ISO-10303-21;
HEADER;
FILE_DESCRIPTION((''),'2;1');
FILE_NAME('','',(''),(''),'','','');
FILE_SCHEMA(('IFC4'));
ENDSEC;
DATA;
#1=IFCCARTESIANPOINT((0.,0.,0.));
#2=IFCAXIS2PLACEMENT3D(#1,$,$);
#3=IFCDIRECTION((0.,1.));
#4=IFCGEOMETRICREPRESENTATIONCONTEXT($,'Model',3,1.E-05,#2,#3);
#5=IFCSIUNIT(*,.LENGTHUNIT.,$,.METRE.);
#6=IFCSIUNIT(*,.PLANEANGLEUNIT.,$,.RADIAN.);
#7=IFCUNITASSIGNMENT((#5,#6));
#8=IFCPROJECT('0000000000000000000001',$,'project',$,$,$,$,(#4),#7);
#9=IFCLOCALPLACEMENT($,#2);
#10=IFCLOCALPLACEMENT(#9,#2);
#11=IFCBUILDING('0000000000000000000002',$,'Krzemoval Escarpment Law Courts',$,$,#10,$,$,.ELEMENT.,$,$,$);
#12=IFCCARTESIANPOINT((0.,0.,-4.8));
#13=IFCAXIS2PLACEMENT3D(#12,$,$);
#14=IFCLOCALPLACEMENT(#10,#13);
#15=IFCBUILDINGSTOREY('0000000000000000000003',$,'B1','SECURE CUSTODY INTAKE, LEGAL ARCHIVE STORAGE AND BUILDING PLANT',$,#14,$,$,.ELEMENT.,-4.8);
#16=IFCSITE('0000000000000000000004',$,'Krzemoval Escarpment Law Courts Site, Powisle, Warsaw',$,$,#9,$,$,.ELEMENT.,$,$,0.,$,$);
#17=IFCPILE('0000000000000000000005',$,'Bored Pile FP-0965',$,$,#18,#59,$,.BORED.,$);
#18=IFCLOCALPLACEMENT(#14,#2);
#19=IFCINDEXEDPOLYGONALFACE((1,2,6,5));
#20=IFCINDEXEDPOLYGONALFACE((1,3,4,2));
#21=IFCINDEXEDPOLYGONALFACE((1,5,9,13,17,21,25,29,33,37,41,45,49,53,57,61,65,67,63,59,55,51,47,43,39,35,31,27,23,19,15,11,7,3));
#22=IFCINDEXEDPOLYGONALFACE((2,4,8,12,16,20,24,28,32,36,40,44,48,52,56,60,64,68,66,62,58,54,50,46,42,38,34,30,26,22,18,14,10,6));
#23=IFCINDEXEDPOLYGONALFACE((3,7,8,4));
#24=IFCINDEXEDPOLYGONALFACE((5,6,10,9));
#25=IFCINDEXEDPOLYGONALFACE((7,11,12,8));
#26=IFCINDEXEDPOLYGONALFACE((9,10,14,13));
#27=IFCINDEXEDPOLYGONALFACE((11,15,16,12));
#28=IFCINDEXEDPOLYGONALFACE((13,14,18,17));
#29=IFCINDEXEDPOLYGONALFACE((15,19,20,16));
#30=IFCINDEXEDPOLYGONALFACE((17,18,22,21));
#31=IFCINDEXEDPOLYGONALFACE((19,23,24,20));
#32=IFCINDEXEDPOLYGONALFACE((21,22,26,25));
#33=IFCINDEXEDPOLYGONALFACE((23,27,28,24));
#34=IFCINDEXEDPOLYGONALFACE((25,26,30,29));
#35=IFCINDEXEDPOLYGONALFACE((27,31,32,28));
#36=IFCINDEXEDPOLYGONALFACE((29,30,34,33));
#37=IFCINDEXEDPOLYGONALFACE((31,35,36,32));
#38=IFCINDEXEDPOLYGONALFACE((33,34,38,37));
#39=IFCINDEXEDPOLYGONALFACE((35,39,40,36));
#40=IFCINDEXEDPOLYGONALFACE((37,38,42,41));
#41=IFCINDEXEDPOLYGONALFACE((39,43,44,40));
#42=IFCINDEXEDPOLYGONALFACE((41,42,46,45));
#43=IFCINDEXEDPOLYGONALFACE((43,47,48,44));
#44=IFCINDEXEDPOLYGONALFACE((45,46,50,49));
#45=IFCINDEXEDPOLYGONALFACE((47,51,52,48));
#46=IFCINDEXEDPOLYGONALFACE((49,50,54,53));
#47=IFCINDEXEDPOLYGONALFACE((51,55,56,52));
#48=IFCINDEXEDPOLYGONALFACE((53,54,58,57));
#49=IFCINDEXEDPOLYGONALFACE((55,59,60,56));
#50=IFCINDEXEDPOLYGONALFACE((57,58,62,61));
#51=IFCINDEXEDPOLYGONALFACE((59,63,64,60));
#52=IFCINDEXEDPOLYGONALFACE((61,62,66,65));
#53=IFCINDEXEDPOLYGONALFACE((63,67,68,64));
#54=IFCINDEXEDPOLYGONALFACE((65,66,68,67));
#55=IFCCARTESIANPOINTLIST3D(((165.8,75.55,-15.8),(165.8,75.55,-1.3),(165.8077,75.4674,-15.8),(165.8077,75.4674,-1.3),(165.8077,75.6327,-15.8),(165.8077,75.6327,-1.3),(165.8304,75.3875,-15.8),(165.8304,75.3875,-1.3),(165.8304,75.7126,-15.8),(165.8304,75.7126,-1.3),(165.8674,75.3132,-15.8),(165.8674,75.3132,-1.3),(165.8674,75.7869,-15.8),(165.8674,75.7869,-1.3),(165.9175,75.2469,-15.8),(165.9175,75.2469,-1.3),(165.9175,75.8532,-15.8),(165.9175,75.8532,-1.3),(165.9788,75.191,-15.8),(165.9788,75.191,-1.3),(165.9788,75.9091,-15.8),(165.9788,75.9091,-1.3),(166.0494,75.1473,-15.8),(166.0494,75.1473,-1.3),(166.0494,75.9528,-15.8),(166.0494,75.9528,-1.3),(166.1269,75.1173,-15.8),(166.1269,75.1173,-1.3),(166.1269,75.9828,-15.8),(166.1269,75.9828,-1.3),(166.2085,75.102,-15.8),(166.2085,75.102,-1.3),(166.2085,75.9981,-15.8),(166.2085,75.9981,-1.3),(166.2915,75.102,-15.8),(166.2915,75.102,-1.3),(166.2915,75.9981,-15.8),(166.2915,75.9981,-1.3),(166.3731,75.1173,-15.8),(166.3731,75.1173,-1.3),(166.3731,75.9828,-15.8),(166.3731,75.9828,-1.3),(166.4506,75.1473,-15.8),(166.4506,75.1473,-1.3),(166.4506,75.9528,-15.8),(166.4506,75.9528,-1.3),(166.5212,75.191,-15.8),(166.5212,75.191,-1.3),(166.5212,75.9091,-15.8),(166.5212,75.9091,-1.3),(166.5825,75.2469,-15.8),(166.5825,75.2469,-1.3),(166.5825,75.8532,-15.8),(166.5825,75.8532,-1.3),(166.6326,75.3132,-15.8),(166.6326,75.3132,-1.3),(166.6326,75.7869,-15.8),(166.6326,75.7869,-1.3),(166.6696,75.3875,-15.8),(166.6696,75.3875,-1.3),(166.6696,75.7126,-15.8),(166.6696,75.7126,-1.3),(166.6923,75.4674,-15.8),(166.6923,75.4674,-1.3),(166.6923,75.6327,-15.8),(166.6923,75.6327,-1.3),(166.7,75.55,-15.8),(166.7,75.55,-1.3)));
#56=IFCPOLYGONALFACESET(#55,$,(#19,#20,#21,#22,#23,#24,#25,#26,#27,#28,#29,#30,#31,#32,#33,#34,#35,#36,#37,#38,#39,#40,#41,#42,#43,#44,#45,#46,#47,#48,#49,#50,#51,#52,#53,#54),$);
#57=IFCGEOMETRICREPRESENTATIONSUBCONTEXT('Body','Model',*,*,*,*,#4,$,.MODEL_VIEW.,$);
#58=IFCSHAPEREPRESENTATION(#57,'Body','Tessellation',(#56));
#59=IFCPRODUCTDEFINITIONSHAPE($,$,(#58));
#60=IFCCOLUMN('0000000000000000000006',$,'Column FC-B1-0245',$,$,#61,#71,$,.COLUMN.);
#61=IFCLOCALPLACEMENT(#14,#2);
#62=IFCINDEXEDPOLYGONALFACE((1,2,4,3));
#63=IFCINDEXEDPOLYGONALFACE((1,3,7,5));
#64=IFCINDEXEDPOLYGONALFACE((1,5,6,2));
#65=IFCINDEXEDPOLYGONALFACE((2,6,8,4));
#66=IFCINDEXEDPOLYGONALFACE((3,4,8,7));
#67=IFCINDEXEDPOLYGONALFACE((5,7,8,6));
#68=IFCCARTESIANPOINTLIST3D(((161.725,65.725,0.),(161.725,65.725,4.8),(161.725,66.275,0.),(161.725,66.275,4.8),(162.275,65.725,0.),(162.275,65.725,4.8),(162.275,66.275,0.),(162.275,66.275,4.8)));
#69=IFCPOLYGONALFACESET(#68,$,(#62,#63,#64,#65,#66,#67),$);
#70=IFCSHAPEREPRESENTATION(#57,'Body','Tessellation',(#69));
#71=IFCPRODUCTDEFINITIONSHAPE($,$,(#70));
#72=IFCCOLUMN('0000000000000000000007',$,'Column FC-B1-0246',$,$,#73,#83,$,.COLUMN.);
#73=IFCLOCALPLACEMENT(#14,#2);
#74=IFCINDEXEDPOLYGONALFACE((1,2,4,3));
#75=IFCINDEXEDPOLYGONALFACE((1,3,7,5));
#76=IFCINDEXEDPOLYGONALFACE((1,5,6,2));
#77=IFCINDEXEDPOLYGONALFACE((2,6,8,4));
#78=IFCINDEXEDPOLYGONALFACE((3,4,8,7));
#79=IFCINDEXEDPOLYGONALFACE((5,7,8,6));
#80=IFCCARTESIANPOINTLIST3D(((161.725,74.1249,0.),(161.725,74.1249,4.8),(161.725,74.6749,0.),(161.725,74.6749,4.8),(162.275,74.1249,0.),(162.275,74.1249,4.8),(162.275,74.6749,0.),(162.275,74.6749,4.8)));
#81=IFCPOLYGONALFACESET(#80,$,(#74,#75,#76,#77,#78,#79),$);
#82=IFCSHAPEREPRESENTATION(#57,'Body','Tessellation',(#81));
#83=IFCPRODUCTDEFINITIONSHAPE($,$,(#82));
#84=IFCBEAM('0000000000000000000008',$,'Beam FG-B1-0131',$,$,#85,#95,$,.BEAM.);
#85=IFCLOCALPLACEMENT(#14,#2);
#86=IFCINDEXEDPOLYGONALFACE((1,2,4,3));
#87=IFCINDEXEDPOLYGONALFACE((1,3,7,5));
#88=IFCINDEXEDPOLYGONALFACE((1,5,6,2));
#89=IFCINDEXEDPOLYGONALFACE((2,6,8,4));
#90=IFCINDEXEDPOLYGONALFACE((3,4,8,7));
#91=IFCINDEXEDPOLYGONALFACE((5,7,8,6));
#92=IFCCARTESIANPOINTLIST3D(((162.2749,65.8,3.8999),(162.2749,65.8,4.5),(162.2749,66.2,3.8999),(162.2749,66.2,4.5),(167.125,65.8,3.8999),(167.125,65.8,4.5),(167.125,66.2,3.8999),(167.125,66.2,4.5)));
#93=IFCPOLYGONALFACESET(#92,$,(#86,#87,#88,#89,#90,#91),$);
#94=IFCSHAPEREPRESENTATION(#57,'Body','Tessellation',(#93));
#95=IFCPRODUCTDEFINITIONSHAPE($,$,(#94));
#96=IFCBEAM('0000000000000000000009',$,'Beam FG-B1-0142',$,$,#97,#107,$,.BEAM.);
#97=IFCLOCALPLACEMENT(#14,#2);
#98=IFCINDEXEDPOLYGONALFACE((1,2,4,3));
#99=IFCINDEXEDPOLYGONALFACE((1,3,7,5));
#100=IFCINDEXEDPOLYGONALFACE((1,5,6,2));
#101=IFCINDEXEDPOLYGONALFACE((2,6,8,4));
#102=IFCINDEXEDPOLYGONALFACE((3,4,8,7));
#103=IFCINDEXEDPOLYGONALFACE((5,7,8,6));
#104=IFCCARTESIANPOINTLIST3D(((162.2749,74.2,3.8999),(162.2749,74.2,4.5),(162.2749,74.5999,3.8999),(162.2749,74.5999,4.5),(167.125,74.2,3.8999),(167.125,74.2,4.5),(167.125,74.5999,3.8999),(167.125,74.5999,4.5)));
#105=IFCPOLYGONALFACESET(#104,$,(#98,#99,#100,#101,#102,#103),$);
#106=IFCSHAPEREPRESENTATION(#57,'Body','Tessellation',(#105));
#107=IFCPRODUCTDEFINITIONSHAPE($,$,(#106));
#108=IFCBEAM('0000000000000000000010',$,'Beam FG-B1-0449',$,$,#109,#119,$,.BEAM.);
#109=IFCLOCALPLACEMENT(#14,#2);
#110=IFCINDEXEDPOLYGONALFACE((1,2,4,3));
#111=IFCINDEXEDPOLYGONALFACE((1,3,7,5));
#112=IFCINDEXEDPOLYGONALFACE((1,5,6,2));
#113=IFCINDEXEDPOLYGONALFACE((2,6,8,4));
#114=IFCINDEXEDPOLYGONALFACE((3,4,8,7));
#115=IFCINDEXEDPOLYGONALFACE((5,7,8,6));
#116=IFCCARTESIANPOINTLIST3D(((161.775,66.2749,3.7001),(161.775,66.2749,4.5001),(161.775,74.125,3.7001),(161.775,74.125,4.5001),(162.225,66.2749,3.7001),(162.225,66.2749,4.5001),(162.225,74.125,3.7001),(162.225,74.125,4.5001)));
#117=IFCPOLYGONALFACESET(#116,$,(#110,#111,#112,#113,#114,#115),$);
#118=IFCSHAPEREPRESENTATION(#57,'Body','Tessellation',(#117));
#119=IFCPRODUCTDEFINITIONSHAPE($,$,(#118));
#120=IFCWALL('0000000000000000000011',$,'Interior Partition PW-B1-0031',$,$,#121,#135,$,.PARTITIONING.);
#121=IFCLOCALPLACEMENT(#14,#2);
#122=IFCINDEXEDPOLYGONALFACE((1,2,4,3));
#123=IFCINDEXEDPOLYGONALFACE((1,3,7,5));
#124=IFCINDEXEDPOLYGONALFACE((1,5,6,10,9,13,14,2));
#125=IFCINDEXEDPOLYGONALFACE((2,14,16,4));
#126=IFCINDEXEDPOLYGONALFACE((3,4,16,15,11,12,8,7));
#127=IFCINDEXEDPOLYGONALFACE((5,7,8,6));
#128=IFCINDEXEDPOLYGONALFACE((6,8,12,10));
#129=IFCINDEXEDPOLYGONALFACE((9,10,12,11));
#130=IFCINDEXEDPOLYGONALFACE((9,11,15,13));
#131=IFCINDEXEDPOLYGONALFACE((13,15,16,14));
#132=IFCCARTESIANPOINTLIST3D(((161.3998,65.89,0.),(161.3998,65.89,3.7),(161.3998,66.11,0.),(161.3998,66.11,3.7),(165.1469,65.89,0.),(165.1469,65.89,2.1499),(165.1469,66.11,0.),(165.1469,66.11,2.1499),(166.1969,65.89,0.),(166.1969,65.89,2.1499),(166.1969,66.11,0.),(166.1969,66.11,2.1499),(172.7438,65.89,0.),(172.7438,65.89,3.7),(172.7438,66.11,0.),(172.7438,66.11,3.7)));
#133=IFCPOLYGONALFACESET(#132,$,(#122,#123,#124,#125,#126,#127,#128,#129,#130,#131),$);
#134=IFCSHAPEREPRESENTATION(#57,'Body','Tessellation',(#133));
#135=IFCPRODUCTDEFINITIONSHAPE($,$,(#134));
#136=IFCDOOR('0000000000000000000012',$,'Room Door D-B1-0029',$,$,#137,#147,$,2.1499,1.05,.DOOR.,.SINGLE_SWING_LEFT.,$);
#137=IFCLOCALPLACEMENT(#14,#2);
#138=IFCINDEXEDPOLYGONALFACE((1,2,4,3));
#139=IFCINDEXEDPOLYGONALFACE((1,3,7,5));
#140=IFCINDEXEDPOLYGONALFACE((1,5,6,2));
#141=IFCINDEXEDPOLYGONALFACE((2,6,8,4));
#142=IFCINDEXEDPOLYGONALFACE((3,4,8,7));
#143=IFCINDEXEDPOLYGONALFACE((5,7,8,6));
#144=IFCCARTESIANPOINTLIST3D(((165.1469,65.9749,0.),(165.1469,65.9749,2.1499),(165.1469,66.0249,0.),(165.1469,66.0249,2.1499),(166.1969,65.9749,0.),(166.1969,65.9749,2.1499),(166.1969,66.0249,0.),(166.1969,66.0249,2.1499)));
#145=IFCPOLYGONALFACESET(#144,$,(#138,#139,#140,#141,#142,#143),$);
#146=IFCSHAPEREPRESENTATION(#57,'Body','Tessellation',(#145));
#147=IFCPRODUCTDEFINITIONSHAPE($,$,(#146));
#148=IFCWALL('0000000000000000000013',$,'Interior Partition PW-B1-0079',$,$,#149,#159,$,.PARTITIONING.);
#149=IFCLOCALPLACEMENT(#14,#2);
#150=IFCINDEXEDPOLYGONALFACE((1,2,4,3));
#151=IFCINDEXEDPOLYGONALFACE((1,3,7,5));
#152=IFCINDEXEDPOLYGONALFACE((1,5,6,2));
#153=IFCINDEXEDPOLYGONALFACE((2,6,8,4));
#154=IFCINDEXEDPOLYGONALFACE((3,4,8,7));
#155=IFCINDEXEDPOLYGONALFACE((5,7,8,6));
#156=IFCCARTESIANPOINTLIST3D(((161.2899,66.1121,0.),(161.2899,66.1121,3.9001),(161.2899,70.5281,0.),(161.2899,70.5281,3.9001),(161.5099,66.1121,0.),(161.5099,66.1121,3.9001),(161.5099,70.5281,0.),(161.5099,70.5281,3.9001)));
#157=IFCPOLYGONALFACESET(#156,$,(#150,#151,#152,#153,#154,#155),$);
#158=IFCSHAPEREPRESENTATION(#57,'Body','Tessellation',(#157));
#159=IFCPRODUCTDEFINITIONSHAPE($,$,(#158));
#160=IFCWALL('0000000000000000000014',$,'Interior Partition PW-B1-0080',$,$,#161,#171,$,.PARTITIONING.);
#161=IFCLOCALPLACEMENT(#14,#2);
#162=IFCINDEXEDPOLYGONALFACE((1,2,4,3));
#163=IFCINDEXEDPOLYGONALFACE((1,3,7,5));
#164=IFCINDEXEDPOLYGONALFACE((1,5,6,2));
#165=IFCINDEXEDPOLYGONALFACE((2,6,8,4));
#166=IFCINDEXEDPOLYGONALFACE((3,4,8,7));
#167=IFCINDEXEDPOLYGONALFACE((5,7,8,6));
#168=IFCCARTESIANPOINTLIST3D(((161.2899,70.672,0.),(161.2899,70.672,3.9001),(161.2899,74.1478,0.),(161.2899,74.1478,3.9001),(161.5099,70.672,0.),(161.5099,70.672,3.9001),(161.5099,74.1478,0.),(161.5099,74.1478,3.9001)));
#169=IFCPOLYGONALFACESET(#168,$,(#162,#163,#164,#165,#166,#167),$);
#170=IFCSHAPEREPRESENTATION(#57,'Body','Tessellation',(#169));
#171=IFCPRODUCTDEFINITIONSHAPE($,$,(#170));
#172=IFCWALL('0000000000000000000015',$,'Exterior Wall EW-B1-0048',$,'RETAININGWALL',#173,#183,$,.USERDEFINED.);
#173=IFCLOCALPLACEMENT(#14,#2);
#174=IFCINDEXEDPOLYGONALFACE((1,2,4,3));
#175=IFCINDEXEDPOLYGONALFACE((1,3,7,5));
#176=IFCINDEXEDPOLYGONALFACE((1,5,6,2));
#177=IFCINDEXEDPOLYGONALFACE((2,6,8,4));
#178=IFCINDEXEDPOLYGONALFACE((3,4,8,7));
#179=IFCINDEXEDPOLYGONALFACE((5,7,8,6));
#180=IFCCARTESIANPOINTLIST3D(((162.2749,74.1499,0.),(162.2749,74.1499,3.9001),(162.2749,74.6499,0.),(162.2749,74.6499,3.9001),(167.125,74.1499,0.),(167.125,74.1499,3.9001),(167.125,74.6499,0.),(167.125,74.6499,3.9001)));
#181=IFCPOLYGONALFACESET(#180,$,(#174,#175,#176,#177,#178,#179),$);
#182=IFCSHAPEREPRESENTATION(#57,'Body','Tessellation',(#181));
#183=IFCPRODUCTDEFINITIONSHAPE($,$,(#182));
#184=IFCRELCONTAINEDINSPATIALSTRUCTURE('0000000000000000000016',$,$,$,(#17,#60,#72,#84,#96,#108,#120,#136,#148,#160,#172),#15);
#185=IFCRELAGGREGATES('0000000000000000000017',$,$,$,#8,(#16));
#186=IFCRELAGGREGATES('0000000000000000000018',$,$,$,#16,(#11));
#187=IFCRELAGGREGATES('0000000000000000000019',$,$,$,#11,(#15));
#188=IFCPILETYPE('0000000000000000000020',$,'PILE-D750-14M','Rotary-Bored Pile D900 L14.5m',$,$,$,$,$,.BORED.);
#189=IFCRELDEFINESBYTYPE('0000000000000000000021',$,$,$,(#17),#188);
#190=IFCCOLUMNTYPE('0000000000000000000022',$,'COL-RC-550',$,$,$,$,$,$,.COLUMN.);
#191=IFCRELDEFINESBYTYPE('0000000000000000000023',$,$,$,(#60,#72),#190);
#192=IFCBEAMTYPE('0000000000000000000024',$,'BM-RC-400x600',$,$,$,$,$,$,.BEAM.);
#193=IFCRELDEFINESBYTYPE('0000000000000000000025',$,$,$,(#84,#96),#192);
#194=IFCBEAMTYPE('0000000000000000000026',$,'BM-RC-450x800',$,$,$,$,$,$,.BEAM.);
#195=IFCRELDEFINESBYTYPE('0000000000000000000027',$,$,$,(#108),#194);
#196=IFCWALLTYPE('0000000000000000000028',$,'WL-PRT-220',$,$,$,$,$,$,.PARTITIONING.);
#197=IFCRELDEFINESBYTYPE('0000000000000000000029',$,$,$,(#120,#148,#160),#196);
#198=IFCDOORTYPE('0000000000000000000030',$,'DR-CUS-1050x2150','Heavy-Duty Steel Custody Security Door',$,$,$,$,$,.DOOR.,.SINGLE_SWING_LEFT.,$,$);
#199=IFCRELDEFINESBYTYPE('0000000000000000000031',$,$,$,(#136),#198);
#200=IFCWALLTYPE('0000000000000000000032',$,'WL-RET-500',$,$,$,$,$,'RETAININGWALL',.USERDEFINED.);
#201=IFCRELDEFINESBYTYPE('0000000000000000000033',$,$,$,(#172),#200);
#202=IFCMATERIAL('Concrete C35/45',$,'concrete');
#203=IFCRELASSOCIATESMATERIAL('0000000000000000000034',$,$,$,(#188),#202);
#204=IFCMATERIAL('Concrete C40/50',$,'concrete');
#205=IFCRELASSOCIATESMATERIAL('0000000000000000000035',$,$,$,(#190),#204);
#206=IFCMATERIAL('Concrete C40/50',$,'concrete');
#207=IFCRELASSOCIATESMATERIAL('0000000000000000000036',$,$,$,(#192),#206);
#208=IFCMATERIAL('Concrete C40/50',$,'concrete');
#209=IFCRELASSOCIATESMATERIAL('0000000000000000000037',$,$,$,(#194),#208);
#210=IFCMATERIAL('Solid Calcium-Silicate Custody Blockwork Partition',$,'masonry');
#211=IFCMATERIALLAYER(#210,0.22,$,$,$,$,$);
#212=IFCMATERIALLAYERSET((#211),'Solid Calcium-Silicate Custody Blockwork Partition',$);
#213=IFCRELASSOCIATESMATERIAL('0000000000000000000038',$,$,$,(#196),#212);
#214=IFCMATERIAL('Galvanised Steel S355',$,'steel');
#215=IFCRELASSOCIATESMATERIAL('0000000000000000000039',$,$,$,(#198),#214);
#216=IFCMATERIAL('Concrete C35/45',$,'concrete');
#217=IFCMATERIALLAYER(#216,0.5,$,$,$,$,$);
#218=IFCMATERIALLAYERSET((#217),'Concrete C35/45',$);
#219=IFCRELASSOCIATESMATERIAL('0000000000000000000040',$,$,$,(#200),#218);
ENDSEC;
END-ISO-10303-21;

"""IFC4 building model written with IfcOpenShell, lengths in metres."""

from ifc_helpers import new_model, si_unit, direction, frame, frame_2d, origin, origin_2d, place, context, subcontext, project, spatial, rectangle, circle, extrude, material, layer, layer_set, material_profile, profile_set, type_object, element, fill, save


model = new_model("IFC4")

# Units and contexts
model_context = context("Model", 3, precision=1e-05, world=origin(), true_north=direction((0.0, 1.0)))
body_context = subcontext(model_context, "Body", "Model", "MODEL_VIEW")
ifc_project = project(units=[si_unit("LENGTHUNIT", "METRE"), si_unit("PLANEANGLEUNIT", "RADIAN")], contexts=[model_context])

# Site, building, storey
site_placement = place(None, origin())
site = spatial("IfcSite", under=ifc_project, at=site_placement, Name="Krzemoval Escarpment Law Courts Site, Powisle, Warsaw", CompositionType="ELEMENT", RefElevation=0.0)
building_placement = place(site_placement, origin())
building = spatial("IfcBuilding", under=site, at=building_placement, Name="Krzemoval Escarpment Law Courts", CompositionType="ELEMENT")
storey_placement = place(building_placement, frame((0.0, 0.0, -4.8)))
storey = spatial("IfcBuildingStorey", under=building, at=storey_placement, Name="B1", Description="SECURE CUSTODY INTAKE, LEGAL ARCHIVE STORAGE AND BUILDING PLANT", CompositionType="ELEMENT", Elevation=-4.8)

# Pile
ifc_material_1 = material(Name="Concrete C35/45", Category="concrete")
ifc_material_profile_1 = material_profile(ifc_material_1, circle(Radius=0.45, at=origin_2d()), Name="PILE D900")
ifc_profile_set_1 = profile_set([ifc_material_profile_1], Name="Concrete C35/45")
pile_type = type_object("IfcPileType", Name="PILE-D750-14M", Description="Rotary-Bored Pile D900 L14.5m", PredefinedType="BORED", material=ifc_profile_set_1)
for number, where, z_axis, x_axis, name in (
    (1, (166.25, 75.55, -1.3), (0.0, 0.0, -1.0), (1.0, 0.0, 0.0), "Bored Pile FP-0965"),
):
    element("IfcPile", number, at=place(storey_placement, frame(where, z_axis=z_axis, x_axis=x_axis)), inside=storey, type_object=pile_type, Name=name, PredefinedType="BORED", context=body_context, shape_type="SweptSolid", body=[
        extrude(circle(Radius=0.45, at=origin_2d()), origin(), (0.0, 0.0, 1.0), 14.5),
    ])

# Columns
ifc_material_2 = material(Name="Concrete C40/50", Category="concrete")
ifc_material_profile_2 = material_profile(ifc_material_2, rectangle(XDim=0.55, YDim=0.55, at=origin_2d()), Name="RC 550x550")
ifc_profile_set_2 = profile_set([ifc_material_profile_2], Name="Concrete C40/50")
column_type = type_object("IfcColumnType", Name="COL-RC-550", PredefinedType="COLUMN", material=ifc_profile_set_2)
for number, where, z_axis, x_axis, name in (
    (2, (162.0, 66.0, 0.0), (0.0, 0.0, 1.0), (1.0, 0.0, 0.0), "Column FC-B1-0245"),
    (3, (162.0, 74.3999, 0.0), (0.0, 0.0, 1.0), (1.0, 0.0, 0.0), "Column FC-B1-0246"),
):
    element("IfcColumn", number, at=place(storey_placement, frame(where, z_axis=z_axis, x_axis=x_axis)), inside=storey, type_object=column_type, Name=name, PredefinedType="COLUMN", context=body_context, shape_type="SweptSolid", body=[
        extrude(rectangle(XDim=0.55, YDim=0.55, at=origin_2d()), origin(), (0.0, 0.0, 1.0), 4.8),
    ])

# Beams
ifc_material_3 = material(Name="Concrete C40/50", Category="concrete")
ifc_material_profile_3 = material_profile(ifc_material_3, rectangle(XDim=0.3999, YDim=0.6001, at=origin_2d()), Name="RCB 400x600")
ifc_profile_set_3 = profile_set([ifc_material_profile_3], Name="Concrete C40/50")
beam_type_1 = type_object("IfcBeamType", Name="BM-RC-400x600", PredefinedType="BEAM", material=ifc_profile_set_3)
for number, where, z_axis, x_axis, name in (
    (4, (162.2749, 66.0, 4.2), (1.0, 0.0, 0.0), (0.0, 1.0, 0.0), "Beam FG-B1-0131"),
    (5, (162.2749, 74.3999, 4.2), (1.0, 0.0, 0.0), (0.0, 1.0, 0.0), "Beam FG-B1-0142"),
):
    element("IfcBeam", number, at=place(storey_placement, frame(where, z_axis=z_axis, x_axis=x_axis)), inside=storey, type_object=beam_type_1, Name=name, PredefinedType="BEAM", context=body_context, shape_type="SweptSolid", body=[
        extrude(rectangle(XDim=0.3999, YDim=0.6001, at=origin_2d()), origin(), (0.0, 0.0, 1.0), 4.8501),
    ])
ifc_material_4 = material(Name="Concrete C40/50", Category="concrete")
ifc_material_profile_4 = material_profile(ifc_material_4, rectangle(XDim=0.45, YDim=0.8, at=origin_2d()), Name="RCB 450x800")
ifc_profile_set_4 = profile_set([ifc_material_profile_4], Name="Concrete C40/50")
beam_type_2 = type_object("IfcBeamType", Name="BM-RC-450x800", PredefinedType="BEAM", material=ifc_profile_set_4)
beam_placement = place(storey_placement, frame((162.0, 66.2749, 4.1001), z_axis=(0.0, 1.0, 0.0), x_axis=(-1.0, 0.0, 0.0)))
element("IfcBeam", 6, at=beam_placement, inside=storey, type_object=beam_type_2, Name="Beam FG-B1-0449", PredefinedType="BEAM", context=body_context, shape_type="SweptSolid", body=[
    extrude(rectangle(XDim=0.45, YDim=0.8, at=origin_2d()), origin(), (0.0, 0.0, 1.0), 7.8501),
])

# Wall, opening, door
ifc_material_5 = material(Name="Solid Calcium-Silicate Custody Blockwork Partition", Category="masonry")
ifc_layer_1 = layer(ifc_material_5, 0.22)
ifc_layer_set_1 = layer_set([ifc_layer_1], Name="Solid Calcium-Silicate Custody Blockwork Partition")
wall_type_1 = type_object("IfcWallType", Name="WL-PRT-220", PredefinedType="PARTITIONING", material=ifc_layer_set_1)
wall_1_placement = place(storey_placement, frame((161.3999, 66.0, 0.0), z_axis=(0.0, 0.0, 1.0), x_axis=(1.0, 0.0, 0.0)))
wall_1 = element("IfcWall", 7, at=wall_1_placement, inside=storey, type_object=wall_type_1, Name="Interior Partition PW-B1-0031", PredefinedType="PARTITIONING", context=body_context, shape_type="SweptSolid", body=[
    extrude(rectangle(XDim=11.344, YDim=0.22, at=frame_2d((5.6719, 0.0))), origin(), (0.0, 0.0, 1.0), 3.7),
])
opening_placement = place(wall_1_placement, frame((3.7471, 0.0, 0.0)))
opening = element("IfcOpeningElement", 8, at=opening_placement, cuts=wall_1, PredefinedType="OPENING", context=body_context, shape_type="SweptSolid", body=[
    extrude(rectangle(XDim=1.05, YDim=2.1499, at=frame_2d((0.5249, 1.075))), frame((0.0, 0.125, 0.0), z_axis=(0.0, -1.0, 0.0), x_axis=(1.0, 0.0, 0.0)), (0.0, 0.0, 1.0), 0.25),
])
ifc_material_6 = material(Name="Galvanised Steel S355", Category="steel")
door_type = type_object("IfcDoorType", Name="DR-CUS-1050x2150", Description="Heavy-Duty Steel Custody Security Door", OperationType="SINGLE_SWING_LEFT", PredefinedType="DOOR", material=ifc_material_6)
door_placement = place(opening_placement, origin())
door = element("IfcDoor", 9, at=door_placement, inside=storey, type_object=door_type, Name="Room Door D-B1-0029", OperationType="SINGLE_SWING_LEFT", OverallHeight=2.1499, OverallWidth=1.05, PredefinedType="DOOR", context=body_context, shape_type="SweptSolid", body=[
    extrude(rectangle(XDim=1.05, YDim=2.1499, at=frame_2d((0.5249, 1.075))), frame((0.0, 0.0249, 0.0), z_axis=(0.0, -1.0, 0.0), x_axis=(1.0, 0.0, 0.0)), (0.0, 0.0, 1.0), 0.05),
])
fill(opening, door)

# Walls
wall_2_placement = place(storey_placement, frame((161.3999, 66.1121, 0.0), z_axis=(0.0, 0.0, 1.0), x_axis=(0.0, 1.0, 0.0)))
element("IfcWall", 10, at=wall_2_placement, inside=storey, type_object=wall_type_1, Name="Interior Partition PW-B1-0079", PredefinedType="PARTITIONING", context=body_context, shape_type="SweptSolid", body=[
    extrude(rectangle(XDim=4.416, YDim=0.22, at=frame_2d((2.208, 0.0))), origin(), (0.0, 0.0, 1.0), 3.9001),
])
wall_3_placement = place(storey_placement, frame((161.3999, 70.6721, 0.0), z_axis=(0.0, 0.0, 1.0), x_axis=(0.0, 1.0, 0.0)))
element("IfcWall", 11, at=wall_3_placement, inside=storey, type_object=wall_type_1, Name="Interior Partition PW-B1-0080", PredefinedType="PARTITIONING", context=body_context, shape_type="SweptSolid", body=[
    extrude(rectangle(XDim=3.4758, YDim=0.22, at=frame_2d((1.7378, 0.0))), origin(), (0.0, 0.0, 1.0), 3.9001),
])
ifc_material_7 = material(Name="Concrete C35/45", Category="concrete")
ifc_layer_2 = layer(ifc_material_7, 0.5)
ifc_layer_set_2 = layer_set([ifc_layer_2], Name="Concrete C35/45")
wall_type_2 = type_object("IfcWallType", Name="WL-RET-500", ElementType="RETAININGWALL", PredefinedType="USERDEFINED", material=ifc_layer_set_2)
wall_4_placement = place(storey_placement, frame((162.2749, 74.3999, 0.0), z_axis=(0.0, 0.0, 1.0), x_axis=(1.0, 0.0, 0.0)))
element("IfcWall", 12, at=wall_4_placement, inside=storey, type_object=wall_type_2, Name="Exterior Wall EW-B1-0048", ObjectType="RETAININGWALL", PredefinedType="USERDEFINED", context=body_context, shape_type="SweptSolid", body=[
    extrude(rectangle(XDim=4.8501, YDim=0.5, at=frame_2d((2.425, 0.0))), origin(), (0.0, 0.0, 1.0), 3.9001),
])

save(model, "model.ifc")
